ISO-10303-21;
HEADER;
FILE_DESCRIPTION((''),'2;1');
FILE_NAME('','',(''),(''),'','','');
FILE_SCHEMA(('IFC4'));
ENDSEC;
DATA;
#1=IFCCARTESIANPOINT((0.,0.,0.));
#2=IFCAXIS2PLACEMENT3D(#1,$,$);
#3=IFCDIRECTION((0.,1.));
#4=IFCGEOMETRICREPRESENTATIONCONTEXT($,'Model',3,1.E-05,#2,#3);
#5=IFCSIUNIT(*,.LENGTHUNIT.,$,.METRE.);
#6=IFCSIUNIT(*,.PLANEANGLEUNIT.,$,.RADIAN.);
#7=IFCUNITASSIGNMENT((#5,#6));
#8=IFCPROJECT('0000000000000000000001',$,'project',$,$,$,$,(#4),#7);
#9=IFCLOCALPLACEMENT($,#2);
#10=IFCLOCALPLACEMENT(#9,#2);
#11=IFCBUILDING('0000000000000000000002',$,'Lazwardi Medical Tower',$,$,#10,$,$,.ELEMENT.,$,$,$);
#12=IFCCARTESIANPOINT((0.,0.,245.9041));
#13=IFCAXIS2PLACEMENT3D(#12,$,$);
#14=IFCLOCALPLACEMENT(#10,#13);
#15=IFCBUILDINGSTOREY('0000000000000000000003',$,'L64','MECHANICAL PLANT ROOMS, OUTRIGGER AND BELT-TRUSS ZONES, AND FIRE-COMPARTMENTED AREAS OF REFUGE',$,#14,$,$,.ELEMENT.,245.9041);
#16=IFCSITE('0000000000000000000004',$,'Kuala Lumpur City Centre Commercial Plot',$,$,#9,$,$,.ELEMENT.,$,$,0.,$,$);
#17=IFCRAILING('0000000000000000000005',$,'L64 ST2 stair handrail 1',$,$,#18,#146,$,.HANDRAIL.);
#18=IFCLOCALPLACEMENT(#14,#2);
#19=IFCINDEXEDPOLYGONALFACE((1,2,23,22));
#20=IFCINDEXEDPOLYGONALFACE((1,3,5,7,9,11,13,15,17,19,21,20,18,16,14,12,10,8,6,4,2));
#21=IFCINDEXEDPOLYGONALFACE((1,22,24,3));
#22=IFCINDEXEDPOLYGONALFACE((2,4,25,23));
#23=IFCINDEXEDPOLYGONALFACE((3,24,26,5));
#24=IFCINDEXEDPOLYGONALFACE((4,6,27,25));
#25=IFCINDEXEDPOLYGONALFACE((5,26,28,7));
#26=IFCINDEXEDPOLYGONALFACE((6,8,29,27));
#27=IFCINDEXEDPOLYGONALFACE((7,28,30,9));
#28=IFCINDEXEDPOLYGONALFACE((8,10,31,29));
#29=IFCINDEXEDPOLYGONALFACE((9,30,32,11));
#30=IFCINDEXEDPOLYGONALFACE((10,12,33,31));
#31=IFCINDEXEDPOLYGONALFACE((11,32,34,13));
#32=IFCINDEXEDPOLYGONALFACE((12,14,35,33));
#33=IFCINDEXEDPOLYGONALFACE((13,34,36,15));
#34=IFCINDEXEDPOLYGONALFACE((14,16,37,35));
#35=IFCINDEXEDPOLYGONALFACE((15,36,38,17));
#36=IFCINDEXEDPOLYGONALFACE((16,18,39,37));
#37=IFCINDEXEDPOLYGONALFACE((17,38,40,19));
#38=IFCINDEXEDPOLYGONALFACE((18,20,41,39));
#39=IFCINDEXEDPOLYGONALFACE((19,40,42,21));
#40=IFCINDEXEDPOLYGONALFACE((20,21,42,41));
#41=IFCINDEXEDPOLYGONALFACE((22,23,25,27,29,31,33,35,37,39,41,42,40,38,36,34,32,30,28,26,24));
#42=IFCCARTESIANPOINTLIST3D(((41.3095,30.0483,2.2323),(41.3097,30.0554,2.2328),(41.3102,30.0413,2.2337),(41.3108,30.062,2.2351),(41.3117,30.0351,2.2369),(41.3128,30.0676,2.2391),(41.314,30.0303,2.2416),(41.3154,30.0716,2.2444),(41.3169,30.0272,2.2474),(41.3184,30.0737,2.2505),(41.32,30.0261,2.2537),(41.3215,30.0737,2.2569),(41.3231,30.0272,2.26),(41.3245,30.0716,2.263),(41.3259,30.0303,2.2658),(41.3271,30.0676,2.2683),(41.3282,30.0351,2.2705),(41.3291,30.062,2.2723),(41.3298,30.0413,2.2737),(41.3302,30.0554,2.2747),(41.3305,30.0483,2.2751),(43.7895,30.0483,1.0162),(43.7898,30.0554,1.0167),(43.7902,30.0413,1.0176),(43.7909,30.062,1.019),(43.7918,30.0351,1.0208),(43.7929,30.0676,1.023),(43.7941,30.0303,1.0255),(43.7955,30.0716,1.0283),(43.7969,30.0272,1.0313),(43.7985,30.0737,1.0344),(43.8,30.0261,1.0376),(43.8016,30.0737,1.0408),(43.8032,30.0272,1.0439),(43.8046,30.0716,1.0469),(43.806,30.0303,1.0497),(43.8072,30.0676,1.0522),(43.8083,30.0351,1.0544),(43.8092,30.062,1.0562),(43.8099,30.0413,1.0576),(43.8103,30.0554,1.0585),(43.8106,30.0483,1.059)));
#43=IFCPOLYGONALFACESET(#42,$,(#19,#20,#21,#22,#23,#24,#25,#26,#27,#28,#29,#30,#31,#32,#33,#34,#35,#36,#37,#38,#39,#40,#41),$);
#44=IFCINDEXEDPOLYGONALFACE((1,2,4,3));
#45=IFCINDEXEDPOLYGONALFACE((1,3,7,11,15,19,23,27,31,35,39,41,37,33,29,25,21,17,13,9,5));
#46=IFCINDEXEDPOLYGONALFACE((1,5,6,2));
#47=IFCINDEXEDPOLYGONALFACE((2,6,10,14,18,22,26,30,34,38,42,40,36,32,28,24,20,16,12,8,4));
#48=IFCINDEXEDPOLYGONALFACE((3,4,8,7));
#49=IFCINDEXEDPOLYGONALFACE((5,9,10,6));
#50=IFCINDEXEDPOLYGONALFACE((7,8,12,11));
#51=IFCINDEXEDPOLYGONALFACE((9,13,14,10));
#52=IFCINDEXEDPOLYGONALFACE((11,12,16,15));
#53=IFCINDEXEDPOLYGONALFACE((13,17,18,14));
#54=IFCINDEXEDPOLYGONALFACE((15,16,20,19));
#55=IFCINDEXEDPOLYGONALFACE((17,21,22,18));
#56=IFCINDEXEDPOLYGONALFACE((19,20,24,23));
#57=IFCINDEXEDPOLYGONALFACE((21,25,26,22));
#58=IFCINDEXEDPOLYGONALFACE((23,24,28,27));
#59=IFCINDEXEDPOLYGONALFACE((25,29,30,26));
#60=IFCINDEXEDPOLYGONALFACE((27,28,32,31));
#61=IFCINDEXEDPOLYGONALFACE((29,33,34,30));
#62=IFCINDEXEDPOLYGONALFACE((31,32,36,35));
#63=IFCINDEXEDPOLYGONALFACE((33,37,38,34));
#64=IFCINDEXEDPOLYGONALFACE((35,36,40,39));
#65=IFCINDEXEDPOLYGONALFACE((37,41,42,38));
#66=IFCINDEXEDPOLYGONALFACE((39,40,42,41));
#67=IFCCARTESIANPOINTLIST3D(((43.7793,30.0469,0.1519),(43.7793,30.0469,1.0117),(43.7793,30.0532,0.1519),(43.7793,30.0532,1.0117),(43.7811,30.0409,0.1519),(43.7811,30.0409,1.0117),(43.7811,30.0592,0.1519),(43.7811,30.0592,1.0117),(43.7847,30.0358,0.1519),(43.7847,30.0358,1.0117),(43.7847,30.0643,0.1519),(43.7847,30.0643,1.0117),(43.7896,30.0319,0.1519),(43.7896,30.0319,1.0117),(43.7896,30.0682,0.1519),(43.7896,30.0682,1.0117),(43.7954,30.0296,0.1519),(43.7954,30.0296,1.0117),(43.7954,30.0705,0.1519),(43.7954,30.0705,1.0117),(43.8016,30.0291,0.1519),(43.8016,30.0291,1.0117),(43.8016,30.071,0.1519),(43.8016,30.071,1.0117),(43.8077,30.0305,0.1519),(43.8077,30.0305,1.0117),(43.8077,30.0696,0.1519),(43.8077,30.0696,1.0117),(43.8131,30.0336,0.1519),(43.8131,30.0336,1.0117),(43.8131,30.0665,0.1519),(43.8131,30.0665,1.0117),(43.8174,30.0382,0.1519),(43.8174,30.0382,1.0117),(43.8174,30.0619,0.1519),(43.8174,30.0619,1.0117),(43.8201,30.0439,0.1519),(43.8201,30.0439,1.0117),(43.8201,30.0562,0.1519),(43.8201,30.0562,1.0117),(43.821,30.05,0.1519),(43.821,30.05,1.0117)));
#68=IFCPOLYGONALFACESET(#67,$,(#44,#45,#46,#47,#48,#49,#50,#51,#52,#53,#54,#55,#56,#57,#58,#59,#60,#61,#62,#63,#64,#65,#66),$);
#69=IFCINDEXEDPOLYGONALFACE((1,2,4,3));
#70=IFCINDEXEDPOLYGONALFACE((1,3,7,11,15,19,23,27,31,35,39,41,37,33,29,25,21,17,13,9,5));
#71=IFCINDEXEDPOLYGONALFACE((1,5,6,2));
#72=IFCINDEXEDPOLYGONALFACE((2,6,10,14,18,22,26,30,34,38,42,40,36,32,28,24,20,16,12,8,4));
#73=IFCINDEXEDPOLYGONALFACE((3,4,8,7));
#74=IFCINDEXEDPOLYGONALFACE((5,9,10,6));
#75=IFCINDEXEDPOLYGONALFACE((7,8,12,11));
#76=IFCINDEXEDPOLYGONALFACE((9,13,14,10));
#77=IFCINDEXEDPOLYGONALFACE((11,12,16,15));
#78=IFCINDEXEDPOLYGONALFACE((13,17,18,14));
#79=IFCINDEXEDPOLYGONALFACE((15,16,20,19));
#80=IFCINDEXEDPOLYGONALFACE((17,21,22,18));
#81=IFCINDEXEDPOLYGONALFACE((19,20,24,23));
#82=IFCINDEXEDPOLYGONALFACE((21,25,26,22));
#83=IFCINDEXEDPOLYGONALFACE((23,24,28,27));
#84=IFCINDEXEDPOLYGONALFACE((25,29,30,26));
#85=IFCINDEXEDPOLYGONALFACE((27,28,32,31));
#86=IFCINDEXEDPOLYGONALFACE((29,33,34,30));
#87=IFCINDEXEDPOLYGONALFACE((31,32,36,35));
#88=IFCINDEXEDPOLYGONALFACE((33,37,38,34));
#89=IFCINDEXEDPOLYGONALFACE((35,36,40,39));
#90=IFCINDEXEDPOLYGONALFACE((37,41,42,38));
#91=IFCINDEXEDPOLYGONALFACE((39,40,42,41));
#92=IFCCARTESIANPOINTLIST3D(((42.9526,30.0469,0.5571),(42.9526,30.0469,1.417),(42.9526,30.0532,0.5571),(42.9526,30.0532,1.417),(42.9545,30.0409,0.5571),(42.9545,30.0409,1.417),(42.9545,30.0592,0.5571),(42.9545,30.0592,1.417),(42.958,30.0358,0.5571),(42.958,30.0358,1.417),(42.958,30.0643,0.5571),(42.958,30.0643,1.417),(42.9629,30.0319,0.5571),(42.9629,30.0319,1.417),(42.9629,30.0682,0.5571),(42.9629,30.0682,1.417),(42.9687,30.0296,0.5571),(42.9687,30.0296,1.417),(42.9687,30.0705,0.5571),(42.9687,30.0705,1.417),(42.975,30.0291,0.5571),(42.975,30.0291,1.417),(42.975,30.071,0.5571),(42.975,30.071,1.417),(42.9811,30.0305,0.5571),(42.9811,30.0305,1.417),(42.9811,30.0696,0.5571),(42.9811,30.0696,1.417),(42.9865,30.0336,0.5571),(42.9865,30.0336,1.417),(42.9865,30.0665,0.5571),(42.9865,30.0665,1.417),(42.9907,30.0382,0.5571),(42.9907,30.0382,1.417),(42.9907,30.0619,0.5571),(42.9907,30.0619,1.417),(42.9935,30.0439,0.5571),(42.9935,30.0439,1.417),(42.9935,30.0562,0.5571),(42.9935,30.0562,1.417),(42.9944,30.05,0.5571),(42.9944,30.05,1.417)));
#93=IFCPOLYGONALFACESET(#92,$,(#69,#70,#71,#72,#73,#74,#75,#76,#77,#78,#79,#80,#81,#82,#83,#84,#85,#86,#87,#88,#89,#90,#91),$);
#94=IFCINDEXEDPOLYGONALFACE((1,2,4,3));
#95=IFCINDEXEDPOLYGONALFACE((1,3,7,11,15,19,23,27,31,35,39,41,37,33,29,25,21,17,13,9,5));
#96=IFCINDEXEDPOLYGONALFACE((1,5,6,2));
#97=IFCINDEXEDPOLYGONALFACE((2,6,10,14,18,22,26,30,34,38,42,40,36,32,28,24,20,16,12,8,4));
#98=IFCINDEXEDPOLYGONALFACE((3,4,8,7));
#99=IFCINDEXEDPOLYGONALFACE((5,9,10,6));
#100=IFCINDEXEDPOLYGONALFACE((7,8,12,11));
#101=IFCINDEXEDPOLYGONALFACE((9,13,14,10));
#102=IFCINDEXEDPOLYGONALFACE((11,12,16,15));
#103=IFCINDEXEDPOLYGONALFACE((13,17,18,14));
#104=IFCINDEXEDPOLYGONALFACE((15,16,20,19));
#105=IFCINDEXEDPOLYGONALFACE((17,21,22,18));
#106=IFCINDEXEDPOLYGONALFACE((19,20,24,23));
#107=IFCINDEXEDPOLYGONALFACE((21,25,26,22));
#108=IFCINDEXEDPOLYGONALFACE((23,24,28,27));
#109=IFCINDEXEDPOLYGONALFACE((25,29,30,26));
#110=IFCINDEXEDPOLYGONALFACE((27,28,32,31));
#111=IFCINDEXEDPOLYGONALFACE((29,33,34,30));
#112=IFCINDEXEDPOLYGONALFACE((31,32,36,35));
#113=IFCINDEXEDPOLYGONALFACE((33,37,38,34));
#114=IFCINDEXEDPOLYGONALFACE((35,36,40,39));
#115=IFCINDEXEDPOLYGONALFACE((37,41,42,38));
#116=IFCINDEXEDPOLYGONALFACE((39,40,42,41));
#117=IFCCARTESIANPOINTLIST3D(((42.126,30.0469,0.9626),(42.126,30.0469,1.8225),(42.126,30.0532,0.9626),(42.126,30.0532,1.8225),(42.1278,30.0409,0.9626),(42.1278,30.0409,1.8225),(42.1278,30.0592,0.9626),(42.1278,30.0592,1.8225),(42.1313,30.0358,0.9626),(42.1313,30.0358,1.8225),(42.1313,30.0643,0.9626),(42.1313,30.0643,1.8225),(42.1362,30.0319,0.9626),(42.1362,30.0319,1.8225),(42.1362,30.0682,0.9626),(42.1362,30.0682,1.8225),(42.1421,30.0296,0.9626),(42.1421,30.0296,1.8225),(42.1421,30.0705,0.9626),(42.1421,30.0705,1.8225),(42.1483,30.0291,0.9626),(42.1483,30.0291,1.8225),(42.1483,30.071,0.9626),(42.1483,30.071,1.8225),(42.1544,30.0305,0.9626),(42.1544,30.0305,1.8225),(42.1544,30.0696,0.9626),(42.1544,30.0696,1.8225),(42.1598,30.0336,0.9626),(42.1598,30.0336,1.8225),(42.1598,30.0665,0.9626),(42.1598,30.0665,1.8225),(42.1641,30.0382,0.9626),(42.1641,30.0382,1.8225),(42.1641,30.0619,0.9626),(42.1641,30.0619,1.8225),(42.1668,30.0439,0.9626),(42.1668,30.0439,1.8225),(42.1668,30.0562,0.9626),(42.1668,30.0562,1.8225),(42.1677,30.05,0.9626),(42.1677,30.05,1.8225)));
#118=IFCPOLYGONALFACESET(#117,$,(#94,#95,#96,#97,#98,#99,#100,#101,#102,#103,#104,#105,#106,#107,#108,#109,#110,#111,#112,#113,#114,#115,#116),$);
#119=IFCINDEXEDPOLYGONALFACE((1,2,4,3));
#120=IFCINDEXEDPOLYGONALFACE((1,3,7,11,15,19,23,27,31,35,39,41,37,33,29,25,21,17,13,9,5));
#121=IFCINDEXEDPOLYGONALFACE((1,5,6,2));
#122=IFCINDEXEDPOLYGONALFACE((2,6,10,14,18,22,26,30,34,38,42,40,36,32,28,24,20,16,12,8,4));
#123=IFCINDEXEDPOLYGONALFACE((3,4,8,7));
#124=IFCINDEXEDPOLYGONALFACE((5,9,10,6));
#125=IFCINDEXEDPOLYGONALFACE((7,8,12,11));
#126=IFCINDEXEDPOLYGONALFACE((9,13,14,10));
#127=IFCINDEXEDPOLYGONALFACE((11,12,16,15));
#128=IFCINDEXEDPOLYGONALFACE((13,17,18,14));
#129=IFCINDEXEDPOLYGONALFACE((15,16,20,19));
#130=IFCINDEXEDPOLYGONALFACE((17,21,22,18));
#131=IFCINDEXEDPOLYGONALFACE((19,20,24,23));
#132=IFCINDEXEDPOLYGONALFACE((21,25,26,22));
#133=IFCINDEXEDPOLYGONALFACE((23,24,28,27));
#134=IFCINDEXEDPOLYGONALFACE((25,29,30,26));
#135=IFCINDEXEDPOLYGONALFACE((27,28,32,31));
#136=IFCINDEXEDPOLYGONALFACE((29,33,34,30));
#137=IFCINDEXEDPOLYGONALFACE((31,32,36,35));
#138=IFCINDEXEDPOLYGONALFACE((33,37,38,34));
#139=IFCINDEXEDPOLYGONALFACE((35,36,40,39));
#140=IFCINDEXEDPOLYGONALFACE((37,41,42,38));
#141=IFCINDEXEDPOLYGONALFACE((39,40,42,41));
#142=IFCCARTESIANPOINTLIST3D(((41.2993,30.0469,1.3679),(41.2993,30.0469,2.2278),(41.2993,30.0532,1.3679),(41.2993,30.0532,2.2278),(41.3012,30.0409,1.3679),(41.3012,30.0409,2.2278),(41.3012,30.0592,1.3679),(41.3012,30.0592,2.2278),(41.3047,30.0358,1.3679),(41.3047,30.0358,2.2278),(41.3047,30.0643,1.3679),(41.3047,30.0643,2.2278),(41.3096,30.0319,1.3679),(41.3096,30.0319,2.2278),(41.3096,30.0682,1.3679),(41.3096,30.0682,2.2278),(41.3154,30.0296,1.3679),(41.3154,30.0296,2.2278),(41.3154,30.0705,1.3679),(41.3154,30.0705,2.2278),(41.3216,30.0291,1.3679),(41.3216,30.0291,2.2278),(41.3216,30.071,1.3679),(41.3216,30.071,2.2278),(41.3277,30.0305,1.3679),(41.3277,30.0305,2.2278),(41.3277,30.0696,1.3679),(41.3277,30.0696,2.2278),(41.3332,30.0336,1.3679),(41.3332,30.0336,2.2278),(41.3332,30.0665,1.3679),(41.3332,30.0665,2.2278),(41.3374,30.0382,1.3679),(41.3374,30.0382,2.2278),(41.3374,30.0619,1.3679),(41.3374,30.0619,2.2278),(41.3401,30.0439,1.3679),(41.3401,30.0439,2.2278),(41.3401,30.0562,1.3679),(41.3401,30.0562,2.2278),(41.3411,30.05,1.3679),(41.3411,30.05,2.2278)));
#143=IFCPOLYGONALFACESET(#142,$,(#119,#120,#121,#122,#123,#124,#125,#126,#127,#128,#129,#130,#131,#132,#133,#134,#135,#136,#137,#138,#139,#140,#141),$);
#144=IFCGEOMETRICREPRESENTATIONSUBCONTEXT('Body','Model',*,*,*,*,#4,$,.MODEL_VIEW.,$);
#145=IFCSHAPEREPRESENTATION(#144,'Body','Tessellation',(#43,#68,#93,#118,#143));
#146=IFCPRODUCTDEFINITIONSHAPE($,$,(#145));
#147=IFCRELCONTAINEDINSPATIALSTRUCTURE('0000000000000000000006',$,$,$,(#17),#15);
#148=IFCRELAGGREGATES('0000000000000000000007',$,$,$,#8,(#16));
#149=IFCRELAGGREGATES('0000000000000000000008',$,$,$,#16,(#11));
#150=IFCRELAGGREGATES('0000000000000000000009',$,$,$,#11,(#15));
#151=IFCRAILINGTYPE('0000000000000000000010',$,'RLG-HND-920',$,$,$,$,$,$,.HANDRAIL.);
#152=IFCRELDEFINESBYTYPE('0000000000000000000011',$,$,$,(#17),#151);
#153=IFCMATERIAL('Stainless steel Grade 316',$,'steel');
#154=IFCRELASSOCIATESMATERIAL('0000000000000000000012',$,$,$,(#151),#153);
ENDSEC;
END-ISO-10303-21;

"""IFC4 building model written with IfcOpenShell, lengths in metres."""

from ifc_helpers import new_model, si_unit, direction, frame, origin, origin_2d, place, context, subcontext, project, spatial, circle, extrude, material, type_object, element, save


model = new_model("IFC4")

# Units and contexts
model_context = context("Model", 3, precision=1e-05, world=origin(), true_north=direction((0.0, 1.0)))
body_context = subcontext(model_context, "Body", "Model", "MODEL_VIEW")
ifc_project = project(units=[si_unit("LENGTHUNIT", "METRE"), si_unit("PLANEANGLEUNIT", "RADIAN")], contexts=[model_context])

# Site, building, storey
site_placement = place(None, origin())
site = spatial("IfcSite", under=ifc_project, at=site_placement, Name="Kuala Lumpur City Centre Commercial Plot", CompositionType="ELEMENT", RefElevation=0.0)
building_placement = place(site_placement, origin())
building = spatial("IfcBuilding", under=site, at=building_placement, Name="Lazwardi Medical Tower", CompositionType="ELEMENT")
storey_placement = place(building_placement, frame((0.0, 0.0, 245.9041)))
storey = spatial("IfcBuildingStorey", under=building, at=storey_placement, Name="L64", Description="MECHANICAL PLANT ROOMS, OUTRIGGER AND BELT-TRUSS ZONES, AND FIRE-COMPARTMENTED AREAS OF REFUGE", CompositionType="ELEMENT", Elevation=245.9041)

# Railing
ifc_material_1 = material(Name="Stainless steel Grade 316", Category="steel")
railing_type_1 = type_object("IfcRailingType", Name="RLG-HND-920", PredefinedType="HANDRAIL", material=ifc_material_1)
for number, where, name in (
    (1, (43.8, 30.05, 0.1519), "L64 ST2 stair handrail 1"),
):
    element("IfcRailing", number, at=place(storey_placement, frame(where)), inside=storey, type_object=railing_type_1, Name=name, PredefinedType="HANDRAIL", context=body_context, shape_type="SweptSolid", body=[
        extrude(circle(Radius=0.0239, at=origin_2d()), frame((0.0, 0.0, 0.8857), z_axis=(-0.897865, 0.0, 0.44027), x_axis=(0.0, -1.0, 0.0)), (0.0, 0.0, 1.0), 2.7622),
        extrude(circle(Radius=0.021, at=origin_2d()), origin(), (0.0, 0.0, 1.0), 0.8599),
        extrude(circle(Radius=0.021, at=origin_2d()), frame((-0.8267, 0.0, 0.4053)), (0.0, 0.0, 1.0), 0.8599),
        extrude(circle(Radius=0.021, at=origin_2d()), frame((-1.6533, 0.0, 0.8108)), (0.0, 0.0, 1.0), 0.8599),
        extrude(circle(Radius=0.021, at=origin_2d()), frame((-2.48, 0.0, 1.2161)), (0.0, 0.0, 1.0), 0.8599),
    ])

save(model, "model.ifc")
